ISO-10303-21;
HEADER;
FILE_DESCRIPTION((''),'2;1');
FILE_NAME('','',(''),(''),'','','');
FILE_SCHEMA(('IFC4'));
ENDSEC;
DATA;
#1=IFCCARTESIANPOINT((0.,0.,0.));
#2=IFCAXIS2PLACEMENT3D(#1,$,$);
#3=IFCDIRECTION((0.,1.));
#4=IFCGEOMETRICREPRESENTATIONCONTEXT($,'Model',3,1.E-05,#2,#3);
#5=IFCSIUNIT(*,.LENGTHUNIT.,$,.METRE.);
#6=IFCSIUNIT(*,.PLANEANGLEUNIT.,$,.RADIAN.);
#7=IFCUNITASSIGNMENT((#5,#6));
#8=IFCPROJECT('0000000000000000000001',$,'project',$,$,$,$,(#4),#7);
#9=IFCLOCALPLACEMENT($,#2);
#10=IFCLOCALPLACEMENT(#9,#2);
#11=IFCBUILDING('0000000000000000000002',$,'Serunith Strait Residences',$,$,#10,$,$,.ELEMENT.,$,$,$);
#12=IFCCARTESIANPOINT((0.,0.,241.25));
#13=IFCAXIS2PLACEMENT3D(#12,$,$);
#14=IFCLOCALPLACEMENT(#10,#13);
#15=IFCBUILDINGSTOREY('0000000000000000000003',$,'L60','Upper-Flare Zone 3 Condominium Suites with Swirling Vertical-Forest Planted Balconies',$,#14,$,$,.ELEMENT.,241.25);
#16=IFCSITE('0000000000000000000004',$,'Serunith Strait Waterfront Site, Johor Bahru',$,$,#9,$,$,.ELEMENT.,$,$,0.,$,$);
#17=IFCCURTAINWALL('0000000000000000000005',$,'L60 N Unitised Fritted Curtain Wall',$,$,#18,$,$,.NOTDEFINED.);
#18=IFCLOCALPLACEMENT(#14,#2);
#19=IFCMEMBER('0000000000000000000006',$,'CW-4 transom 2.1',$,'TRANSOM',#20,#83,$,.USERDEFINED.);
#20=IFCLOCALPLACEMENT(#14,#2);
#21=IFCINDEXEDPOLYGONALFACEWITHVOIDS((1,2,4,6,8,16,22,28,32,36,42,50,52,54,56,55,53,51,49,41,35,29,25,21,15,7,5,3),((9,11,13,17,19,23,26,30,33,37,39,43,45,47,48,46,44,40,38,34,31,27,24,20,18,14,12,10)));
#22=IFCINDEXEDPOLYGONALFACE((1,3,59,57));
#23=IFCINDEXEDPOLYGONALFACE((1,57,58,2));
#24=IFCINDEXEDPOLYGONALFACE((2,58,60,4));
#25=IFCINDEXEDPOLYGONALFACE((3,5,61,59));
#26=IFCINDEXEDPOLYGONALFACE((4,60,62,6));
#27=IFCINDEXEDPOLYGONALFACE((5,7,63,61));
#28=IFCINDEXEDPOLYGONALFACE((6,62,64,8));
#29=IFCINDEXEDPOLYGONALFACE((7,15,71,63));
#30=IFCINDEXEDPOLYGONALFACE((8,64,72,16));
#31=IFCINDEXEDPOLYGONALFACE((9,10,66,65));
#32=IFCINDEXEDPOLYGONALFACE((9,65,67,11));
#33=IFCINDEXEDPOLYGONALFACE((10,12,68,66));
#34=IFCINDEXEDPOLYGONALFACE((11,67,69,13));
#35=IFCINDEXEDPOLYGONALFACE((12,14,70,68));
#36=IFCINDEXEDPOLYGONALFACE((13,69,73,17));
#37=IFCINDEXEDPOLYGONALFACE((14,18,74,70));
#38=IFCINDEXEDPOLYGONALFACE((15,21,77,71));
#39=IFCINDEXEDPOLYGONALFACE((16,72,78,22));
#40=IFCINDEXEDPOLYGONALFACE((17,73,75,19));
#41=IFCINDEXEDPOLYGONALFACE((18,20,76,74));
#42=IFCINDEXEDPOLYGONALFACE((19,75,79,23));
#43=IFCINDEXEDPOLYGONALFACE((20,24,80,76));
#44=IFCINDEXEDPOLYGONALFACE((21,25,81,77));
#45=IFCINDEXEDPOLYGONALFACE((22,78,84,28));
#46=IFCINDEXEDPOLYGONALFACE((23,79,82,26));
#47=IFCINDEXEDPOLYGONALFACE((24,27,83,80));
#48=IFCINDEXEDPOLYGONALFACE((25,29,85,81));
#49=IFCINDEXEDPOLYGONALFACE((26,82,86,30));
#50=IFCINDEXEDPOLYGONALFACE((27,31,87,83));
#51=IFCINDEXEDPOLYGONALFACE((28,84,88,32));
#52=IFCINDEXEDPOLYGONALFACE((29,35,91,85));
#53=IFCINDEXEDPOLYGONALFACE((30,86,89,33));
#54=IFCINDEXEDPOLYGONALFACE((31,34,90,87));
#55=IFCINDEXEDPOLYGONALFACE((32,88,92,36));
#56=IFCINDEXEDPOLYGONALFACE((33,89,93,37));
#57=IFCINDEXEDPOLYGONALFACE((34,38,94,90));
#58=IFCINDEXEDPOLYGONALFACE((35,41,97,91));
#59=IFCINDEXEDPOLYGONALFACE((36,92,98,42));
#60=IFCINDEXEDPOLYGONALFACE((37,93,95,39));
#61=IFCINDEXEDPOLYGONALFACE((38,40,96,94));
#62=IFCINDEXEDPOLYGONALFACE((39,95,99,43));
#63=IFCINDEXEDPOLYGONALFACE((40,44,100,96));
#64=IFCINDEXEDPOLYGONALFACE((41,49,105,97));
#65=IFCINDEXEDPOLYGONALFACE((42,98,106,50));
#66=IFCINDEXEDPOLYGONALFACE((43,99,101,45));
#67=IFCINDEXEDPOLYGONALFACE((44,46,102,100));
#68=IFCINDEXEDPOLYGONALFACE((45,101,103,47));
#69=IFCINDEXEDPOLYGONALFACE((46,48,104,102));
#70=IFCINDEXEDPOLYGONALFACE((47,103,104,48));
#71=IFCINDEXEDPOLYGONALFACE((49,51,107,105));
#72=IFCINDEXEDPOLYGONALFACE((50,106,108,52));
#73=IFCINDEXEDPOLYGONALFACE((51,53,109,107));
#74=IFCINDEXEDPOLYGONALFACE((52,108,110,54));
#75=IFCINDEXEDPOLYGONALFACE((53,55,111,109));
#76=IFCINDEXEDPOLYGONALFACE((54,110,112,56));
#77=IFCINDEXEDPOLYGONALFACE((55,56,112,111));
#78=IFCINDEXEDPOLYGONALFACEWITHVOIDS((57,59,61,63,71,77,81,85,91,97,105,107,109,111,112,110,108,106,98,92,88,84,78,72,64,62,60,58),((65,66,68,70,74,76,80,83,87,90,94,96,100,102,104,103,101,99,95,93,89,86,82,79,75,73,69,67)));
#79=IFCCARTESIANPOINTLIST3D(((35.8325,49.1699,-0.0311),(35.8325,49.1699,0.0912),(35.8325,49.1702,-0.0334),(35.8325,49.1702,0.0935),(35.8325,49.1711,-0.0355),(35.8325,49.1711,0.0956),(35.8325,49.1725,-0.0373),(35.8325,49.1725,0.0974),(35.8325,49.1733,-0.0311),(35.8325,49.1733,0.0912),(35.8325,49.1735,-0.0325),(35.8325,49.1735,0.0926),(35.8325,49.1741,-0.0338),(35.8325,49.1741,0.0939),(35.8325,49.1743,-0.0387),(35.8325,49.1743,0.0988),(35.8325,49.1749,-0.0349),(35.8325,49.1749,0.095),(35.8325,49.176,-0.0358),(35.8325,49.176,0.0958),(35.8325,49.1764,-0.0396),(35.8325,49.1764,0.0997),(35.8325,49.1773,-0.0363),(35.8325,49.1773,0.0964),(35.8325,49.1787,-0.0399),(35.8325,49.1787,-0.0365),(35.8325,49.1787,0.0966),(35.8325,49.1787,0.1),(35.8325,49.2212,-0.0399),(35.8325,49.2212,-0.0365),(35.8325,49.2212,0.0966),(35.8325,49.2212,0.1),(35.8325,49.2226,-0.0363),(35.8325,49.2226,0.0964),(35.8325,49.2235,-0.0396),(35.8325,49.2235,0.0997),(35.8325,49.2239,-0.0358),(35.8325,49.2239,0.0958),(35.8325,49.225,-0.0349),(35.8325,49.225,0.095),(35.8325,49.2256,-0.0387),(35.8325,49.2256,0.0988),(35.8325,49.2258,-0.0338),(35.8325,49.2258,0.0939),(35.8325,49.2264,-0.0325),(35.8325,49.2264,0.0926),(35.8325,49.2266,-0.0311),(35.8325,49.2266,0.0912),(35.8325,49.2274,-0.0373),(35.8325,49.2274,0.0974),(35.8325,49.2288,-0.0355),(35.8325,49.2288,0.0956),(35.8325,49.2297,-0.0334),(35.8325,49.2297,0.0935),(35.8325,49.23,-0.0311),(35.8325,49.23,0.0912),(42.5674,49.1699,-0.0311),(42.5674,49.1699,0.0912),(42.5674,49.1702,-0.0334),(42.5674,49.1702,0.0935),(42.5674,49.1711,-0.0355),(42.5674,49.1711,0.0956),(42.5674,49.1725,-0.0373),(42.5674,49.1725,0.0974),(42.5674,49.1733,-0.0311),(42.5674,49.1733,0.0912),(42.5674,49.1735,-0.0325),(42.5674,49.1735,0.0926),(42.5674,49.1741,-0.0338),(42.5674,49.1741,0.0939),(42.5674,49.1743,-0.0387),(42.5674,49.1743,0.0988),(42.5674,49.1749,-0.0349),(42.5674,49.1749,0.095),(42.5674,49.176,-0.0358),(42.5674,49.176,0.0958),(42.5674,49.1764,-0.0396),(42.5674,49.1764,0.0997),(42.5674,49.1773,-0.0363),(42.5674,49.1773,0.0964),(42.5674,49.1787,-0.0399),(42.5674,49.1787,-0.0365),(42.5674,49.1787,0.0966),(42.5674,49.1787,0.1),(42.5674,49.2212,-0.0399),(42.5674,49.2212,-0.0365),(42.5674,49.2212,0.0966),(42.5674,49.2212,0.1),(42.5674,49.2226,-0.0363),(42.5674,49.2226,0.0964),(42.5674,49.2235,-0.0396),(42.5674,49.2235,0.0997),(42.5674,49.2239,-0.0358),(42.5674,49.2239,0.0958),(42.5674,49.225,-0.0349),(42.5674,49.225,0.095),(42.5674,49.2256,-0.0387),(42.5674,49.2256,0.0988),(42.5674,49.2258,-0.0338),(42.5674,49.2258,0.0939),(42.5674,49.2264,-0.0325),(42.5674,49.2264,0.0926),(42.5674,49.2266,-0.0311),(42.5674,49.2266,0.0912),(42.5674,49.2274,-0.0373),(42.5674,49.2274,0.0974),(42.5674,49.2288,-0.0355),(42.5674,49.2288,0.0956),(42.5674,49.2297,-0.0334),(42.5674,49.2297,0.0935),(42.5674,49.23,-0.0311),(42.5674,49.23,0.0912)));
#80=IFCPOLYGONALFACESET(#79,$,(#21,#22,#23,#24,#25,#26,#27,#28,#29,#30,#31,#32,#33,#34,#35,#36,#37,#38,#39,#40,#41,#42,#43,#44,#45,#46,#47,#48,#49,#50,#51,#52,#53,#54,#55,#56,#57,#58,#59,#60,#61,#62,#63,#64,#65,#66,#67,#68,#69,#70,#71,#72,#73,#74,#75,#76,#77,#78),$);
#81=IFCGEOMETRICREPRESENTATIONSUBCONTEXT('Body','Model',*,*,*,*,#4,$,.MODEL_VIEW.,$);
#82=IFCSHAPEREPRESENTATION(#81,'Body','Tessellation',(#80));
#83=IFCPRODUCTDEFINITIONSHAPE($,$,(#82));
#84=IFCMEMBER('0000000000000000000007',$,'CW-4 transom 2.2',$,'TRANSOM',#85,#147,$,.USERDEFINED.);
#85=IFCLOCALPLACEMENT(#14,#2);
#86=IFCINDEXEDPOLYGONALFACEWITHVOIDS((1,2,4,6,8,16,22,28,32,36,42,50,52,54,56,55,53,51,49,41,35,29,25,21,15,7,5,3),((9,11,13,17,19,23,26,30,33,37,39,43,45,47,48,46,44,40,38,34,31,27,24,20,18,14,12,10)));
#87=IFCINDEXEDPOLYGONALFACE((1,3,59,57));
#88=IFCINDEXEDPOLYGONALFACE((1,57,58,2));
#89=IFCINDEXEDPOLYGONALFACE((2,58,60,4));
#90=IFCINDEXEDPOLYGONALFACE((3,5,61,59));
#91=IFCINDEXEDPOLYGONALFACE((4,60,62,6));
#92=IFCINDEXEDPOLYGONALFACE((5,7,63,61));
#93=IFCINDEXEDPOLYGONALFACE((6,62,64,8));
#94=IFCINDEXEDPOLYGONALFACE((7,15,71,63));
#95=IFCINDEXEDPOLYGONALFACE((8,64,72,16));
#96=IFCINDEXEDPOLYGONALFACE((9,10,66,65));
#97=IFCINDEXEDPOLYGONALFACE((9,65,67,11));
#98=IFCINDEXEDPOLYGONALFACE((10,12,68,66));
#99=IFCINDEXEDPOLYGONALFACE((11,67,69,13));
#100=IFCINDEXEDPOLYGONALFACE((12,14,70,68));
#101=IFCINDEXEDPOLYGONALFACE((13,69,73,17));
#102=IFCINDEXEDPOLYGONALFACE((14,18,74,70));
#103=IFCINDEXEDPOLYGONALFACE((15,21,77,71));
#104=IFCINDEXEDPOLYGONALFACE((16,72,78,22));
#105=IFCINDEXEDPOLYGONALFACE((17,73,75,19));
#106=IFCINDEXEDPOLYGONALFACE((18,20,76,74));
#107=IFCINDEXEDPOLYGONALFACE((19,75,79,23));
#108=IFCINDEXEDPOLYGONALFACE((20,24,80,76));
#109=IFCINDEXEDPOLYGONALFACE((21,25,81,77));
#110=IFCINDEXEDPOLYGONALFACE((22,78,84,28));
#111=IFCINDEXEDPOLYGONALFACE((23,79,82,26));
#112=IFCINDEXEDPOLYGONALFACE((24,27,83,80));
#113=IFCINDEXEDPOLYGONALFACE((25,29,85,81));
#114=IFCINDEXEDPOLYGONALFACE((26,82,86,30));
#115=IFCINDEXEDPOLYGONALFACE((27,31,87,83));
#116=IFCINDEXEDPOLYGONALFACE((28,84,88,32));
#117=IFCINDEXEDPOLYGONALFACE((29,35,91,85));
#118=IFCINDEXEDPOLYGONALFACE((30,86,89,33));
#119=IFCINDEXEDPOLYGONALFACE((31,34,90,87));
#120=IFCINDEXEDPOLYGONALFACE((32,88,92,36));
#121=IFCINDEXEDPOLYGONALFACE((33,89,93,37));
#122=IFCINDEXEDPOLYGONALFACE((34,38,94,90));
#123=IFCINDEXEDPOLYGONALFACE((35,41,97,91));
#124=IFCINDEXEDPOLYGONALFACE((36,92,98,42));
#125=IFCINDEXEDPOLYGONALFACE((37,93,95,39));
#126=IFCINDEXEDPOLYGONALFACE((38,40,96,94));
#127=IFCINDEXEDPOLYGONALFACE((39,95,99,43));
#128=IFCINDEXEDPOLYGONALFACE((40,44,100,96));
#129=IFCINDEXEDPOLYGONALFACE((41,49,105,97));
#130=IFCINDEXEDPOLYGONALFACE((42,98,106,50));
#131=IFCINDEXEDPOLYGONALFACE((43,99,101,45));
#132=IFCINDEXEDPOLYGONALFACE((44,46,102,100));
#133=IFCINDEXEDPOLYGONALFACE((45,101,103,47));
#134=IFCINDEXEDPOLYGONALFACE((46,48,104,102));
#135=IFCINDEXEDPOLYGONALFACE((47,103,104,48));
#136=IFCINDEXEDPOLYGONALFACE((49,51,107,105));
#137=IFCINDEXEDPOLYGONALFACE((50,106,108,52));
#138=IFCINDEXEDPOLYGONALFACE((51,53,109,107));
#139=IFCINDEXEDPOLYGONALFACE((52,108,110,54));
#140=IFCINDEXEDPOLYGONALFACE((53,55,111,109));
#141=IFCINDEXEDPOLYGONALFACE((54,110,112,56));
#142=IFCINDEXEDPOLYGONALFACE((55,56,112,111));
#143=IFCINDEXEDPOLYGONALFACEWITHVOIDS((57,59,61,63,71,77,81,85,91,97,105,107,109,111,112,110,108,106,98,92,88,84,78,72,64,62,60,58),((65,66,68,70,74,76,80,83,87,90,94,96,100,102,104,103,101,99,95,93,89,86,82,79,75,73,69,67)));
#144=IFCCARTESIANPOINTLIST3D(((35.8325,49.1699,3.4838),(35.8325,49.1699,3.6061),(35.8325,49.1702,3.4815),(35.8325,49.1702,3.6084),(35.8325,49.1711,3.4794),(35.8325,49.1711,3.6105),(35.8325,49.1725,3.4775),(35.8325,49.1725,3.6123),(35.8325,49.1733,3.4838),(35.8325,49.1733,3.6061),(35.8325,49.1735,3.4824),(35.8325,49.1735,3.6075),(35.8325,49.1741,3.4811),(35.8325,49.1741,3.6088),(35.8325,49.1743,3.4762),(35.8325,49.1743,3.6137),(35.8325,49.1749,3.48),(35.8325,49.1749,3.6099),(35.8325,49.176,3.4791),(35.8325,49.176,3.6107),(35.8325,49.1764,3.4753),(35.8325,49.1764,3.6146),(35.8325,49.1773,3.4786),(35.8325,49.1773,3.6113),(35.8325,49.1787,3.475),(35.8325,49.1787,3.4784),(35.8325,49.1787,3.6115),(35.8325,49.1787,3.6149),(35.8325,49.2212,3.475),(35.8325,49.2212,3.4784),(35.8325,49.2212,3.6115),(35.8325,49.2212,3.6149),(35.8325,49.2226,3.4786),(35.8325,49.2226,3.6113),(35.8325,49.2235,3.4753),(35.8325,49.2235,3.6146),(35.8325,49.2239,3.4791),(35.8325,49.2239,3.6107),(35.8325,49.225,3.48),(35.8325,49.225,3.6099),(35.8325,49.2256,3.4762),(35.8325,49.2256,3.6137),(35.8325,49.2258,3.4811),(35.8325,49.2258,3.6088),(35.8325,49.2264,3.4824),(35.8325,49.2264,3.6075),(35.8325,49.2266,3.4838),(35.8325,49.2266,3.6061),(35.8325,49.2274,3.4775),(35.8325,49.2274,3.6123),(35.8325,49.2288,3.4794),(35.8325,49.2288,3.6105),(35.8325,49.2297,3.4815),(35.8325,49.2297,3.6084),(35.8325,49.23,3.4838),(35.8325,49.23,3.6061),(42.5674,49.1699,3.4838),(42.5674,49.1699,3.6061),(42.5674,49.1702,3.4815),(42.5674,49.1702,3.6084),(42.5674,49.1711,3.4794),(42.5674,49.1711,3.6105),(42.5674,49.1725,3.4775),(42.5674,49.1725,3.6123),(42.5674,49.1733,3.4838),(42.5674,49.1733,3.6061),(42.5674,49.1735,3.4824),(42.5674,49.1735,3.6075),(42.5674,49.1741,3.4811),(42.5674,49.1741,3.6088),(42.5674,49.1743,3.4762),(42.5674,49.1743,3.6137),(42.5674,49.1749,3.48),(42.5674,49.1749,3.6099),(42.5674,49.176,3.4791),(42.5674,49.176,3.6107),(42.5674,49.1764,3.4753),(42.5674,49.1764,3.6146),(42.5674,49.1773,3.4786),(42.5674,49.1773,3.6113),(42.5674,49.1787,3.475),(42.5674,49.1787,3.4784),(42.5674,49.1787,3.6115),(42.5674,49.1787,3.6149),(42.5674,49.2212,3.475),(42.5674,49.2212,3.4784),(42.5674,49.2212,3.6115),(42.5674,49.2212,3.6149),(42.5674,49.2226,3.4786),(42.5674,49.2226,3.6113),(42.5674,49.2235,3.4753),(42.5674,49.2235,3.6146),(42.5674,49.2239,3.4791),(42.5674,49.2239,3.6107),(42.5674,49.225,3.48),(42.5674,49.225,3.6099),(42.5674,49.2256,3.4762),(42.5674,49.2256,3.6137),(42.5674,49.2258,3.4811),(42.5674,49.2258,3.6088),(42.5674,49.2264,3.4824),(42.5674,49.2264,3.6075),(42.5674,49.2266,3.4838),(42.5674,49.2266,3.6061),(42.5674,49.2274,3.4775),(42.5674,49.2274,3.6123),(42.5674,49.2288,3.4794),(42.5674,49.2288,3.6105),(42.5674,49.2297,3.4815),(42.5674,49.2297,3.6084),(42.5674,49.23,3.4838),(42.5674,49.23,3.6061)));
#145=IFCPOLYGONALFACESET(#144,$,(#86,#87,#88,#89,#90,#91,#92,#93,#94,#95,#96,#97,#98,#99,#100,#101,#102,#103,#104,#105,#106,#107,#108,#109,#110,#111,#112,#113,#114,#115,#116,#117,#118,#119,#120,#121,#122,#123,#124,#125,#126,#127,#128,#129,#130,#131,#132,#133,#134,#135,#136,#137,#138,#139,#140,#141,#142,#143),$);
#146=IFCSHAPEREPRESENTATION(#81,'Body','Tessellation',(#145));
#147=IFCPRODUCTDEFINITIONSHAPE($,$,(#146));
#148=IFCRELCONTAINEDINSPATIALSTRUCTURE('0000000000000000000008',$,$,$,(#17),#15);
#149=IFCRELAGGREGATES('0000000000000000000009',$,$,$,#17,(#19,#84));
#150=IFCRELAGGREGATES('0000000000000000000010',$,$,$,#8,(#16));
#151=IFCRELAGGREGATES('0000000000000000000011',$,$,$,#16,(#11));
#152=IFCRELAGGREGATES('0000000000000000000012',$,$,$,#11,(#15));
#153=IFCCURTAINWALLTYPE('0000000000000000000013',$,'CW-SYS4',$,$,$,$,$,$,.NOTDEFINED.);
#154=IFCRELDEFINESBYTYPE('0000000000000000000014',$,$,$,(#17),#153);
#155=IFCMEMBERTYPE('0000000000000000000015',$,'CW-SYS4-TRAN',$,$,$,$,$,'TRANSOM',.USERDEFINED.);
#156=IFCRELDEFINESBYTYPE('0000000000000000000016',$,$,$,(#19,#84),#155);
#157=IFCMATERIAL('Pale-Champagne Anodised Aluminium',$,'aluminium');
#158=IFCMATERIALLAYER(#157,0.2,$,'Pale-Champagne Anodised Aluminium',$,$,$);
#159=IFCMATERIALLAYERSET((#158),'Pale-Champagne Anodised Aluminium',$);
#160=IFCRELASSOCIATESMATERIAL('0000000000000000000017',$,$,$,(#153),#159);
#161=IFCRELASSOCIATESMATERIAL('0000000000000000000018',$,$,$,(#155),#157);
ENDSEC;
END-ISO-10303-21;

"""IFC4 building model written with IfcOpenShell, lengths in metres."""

from ifc_helpers import new_model, si_unit, direction, frame, origin, origin_2d, place, context, subcontext, project, spatial, hollow_rectangle, extrude, source, transform, mapped, material, layer, layer_set, material_profile, profile_set, type_object, element, aggregate, save


model = new_model("IFC4")

# Units and contexts
model_context = context("Model", 3, precision=1e-05, world=origin(), true_north=direction((0.0, 1.0)))
body_context = subcontext(model_context, "Body", "Model", "MODEL_VIEW")
ifc_project = project(units=[si_unit("LENGTHUNIT", "METRE"), si_unit("PLANEANGLEUNIT", "RADIAN")], contexts=[model_context])

# Site, building, storey
site_placement = place(None, origin())
site = spatial("IfcSite", under=ifc_project, at=site_placement, Name="Serunith Strait Waterfront Site, Johor Bahru", CompositionType="ELEMENT", RefElevation=0.0)
building_placement = place(site_placement, origin())
building = spatial("IfcBuilding", under=site, at=building_placement, Name="Serunith Strait Residences", CompositionType="ELEMENT")
storey_placement = place(building_placement, frame((0.0, 0.0, 241.25)))
storey = spatial("IfcBuildingStorey", under=building, at=storey_placement, Name="L60", Description="Upper-Flare Zone 3 Condominium Suites with Swirling Vertical-Forest Planted Balconies", CompositionType="ELEMENT", Elevation=241.25)

# Curtain wall, members
ifc_material_1 = material(Name="Pale-Champagne Anodised Aluminium", Category="aluminium")
ifc_layer_1 = layer(ifc_material_1, 0.2, Name="Pale-Champagne Anodised Aluminium")
ifc_layer_set_1 = layer_set([ifc_layer_1], Name="Pale-Champagne Anodised Aluminium")
curtain_wall_type = type_object("IfcCurtainWallType", Name="CW-SYS4", PredefinedType="NOTDEFINED", material=ifc_layer_set_1)
curtain_wall_placement = place(storey_placement, origin())
curtain_wall = element("IfcCurtainWall", 1, at=curtain_wall_placement, inside=storey, type_object=curtain_wall_type, Name="L60 N Unitised Fritted Curtain Wall", PredefinedType="NOTDEFINED")
ifc_material_profile_1 = material_profile(ifc_material_1, hollow_rectangle(XDim=0.0601, YDim=0.1399, WallThickness=0.0034, InnerFilletRadius=0.0054, OuterFilletRadius=0.0088, at=origin_2d()), Name="ALU 140x60x3.5")
ifc_profile_set_1 = profile_set([ifc_material_profile_1], Name="Pale-Champagne Anodised Aluminium")
member_type_1 = type_object("IfcMemberType", Name="CW-SYS4-TRAN", ElementType="TRANSOM", PredefinedType="USERDEFINED", material=ifc_profile_set_1)
shared_shape_1 = source(origin(), body_context, "Body", "SweptSolid", [
    extrude(hollow_rectangle(XDim=0.0601, YDim=0.1399, WallThickness=0.0034, InnerFilletRadius=0.0054, OuterFilletRadius=0.0088, at=origin_2d()), origin(), (0.0, 0.0, 1.0), 6.7349),
])
member_1_placement = place(storey_placement, frame((42.5674, 49.2, 0.03), z_axis=(-1.0, 0.0, 0.0), x_axis=(0.0, -1.0, 0.0)))
member_1 = element("IfcMember", 2, at=member_1_placement, type_object=member_type_1, Name="CW-4 transom 2.1", ObjectType="TRANSOM", PredefinedType="USERDEFINED", context=body_context, shape_type="MappedRepresentation", body=[
    mapped(shared_shape_1, transform((0.0, 0.0, 0.0), scale=1.0)),
])
member_2_placement = place(storey_placement, frame((42.5674, 49.2, 3.5449), z_axis=(-1.0, 0.0, 0.0), x_axis=(0.0, -1.0, 0.0)))
member_2 = element("IfcMember", 3, at=member_2_placement, type_object=member_type_1, Name="CW-4 transom 2.2", ObjectType="TRANSOM", PredefinedType="USERDEFINED", context=body_context, shape_type="MappedRepresentation", body=[
    mapped(shared_shape_1, transform((0.0, 0.0, 0.0), scale=1.0)),
])
aggregate(curtain_wall, [member_1, member_2])

save(model, "model.ifc")
